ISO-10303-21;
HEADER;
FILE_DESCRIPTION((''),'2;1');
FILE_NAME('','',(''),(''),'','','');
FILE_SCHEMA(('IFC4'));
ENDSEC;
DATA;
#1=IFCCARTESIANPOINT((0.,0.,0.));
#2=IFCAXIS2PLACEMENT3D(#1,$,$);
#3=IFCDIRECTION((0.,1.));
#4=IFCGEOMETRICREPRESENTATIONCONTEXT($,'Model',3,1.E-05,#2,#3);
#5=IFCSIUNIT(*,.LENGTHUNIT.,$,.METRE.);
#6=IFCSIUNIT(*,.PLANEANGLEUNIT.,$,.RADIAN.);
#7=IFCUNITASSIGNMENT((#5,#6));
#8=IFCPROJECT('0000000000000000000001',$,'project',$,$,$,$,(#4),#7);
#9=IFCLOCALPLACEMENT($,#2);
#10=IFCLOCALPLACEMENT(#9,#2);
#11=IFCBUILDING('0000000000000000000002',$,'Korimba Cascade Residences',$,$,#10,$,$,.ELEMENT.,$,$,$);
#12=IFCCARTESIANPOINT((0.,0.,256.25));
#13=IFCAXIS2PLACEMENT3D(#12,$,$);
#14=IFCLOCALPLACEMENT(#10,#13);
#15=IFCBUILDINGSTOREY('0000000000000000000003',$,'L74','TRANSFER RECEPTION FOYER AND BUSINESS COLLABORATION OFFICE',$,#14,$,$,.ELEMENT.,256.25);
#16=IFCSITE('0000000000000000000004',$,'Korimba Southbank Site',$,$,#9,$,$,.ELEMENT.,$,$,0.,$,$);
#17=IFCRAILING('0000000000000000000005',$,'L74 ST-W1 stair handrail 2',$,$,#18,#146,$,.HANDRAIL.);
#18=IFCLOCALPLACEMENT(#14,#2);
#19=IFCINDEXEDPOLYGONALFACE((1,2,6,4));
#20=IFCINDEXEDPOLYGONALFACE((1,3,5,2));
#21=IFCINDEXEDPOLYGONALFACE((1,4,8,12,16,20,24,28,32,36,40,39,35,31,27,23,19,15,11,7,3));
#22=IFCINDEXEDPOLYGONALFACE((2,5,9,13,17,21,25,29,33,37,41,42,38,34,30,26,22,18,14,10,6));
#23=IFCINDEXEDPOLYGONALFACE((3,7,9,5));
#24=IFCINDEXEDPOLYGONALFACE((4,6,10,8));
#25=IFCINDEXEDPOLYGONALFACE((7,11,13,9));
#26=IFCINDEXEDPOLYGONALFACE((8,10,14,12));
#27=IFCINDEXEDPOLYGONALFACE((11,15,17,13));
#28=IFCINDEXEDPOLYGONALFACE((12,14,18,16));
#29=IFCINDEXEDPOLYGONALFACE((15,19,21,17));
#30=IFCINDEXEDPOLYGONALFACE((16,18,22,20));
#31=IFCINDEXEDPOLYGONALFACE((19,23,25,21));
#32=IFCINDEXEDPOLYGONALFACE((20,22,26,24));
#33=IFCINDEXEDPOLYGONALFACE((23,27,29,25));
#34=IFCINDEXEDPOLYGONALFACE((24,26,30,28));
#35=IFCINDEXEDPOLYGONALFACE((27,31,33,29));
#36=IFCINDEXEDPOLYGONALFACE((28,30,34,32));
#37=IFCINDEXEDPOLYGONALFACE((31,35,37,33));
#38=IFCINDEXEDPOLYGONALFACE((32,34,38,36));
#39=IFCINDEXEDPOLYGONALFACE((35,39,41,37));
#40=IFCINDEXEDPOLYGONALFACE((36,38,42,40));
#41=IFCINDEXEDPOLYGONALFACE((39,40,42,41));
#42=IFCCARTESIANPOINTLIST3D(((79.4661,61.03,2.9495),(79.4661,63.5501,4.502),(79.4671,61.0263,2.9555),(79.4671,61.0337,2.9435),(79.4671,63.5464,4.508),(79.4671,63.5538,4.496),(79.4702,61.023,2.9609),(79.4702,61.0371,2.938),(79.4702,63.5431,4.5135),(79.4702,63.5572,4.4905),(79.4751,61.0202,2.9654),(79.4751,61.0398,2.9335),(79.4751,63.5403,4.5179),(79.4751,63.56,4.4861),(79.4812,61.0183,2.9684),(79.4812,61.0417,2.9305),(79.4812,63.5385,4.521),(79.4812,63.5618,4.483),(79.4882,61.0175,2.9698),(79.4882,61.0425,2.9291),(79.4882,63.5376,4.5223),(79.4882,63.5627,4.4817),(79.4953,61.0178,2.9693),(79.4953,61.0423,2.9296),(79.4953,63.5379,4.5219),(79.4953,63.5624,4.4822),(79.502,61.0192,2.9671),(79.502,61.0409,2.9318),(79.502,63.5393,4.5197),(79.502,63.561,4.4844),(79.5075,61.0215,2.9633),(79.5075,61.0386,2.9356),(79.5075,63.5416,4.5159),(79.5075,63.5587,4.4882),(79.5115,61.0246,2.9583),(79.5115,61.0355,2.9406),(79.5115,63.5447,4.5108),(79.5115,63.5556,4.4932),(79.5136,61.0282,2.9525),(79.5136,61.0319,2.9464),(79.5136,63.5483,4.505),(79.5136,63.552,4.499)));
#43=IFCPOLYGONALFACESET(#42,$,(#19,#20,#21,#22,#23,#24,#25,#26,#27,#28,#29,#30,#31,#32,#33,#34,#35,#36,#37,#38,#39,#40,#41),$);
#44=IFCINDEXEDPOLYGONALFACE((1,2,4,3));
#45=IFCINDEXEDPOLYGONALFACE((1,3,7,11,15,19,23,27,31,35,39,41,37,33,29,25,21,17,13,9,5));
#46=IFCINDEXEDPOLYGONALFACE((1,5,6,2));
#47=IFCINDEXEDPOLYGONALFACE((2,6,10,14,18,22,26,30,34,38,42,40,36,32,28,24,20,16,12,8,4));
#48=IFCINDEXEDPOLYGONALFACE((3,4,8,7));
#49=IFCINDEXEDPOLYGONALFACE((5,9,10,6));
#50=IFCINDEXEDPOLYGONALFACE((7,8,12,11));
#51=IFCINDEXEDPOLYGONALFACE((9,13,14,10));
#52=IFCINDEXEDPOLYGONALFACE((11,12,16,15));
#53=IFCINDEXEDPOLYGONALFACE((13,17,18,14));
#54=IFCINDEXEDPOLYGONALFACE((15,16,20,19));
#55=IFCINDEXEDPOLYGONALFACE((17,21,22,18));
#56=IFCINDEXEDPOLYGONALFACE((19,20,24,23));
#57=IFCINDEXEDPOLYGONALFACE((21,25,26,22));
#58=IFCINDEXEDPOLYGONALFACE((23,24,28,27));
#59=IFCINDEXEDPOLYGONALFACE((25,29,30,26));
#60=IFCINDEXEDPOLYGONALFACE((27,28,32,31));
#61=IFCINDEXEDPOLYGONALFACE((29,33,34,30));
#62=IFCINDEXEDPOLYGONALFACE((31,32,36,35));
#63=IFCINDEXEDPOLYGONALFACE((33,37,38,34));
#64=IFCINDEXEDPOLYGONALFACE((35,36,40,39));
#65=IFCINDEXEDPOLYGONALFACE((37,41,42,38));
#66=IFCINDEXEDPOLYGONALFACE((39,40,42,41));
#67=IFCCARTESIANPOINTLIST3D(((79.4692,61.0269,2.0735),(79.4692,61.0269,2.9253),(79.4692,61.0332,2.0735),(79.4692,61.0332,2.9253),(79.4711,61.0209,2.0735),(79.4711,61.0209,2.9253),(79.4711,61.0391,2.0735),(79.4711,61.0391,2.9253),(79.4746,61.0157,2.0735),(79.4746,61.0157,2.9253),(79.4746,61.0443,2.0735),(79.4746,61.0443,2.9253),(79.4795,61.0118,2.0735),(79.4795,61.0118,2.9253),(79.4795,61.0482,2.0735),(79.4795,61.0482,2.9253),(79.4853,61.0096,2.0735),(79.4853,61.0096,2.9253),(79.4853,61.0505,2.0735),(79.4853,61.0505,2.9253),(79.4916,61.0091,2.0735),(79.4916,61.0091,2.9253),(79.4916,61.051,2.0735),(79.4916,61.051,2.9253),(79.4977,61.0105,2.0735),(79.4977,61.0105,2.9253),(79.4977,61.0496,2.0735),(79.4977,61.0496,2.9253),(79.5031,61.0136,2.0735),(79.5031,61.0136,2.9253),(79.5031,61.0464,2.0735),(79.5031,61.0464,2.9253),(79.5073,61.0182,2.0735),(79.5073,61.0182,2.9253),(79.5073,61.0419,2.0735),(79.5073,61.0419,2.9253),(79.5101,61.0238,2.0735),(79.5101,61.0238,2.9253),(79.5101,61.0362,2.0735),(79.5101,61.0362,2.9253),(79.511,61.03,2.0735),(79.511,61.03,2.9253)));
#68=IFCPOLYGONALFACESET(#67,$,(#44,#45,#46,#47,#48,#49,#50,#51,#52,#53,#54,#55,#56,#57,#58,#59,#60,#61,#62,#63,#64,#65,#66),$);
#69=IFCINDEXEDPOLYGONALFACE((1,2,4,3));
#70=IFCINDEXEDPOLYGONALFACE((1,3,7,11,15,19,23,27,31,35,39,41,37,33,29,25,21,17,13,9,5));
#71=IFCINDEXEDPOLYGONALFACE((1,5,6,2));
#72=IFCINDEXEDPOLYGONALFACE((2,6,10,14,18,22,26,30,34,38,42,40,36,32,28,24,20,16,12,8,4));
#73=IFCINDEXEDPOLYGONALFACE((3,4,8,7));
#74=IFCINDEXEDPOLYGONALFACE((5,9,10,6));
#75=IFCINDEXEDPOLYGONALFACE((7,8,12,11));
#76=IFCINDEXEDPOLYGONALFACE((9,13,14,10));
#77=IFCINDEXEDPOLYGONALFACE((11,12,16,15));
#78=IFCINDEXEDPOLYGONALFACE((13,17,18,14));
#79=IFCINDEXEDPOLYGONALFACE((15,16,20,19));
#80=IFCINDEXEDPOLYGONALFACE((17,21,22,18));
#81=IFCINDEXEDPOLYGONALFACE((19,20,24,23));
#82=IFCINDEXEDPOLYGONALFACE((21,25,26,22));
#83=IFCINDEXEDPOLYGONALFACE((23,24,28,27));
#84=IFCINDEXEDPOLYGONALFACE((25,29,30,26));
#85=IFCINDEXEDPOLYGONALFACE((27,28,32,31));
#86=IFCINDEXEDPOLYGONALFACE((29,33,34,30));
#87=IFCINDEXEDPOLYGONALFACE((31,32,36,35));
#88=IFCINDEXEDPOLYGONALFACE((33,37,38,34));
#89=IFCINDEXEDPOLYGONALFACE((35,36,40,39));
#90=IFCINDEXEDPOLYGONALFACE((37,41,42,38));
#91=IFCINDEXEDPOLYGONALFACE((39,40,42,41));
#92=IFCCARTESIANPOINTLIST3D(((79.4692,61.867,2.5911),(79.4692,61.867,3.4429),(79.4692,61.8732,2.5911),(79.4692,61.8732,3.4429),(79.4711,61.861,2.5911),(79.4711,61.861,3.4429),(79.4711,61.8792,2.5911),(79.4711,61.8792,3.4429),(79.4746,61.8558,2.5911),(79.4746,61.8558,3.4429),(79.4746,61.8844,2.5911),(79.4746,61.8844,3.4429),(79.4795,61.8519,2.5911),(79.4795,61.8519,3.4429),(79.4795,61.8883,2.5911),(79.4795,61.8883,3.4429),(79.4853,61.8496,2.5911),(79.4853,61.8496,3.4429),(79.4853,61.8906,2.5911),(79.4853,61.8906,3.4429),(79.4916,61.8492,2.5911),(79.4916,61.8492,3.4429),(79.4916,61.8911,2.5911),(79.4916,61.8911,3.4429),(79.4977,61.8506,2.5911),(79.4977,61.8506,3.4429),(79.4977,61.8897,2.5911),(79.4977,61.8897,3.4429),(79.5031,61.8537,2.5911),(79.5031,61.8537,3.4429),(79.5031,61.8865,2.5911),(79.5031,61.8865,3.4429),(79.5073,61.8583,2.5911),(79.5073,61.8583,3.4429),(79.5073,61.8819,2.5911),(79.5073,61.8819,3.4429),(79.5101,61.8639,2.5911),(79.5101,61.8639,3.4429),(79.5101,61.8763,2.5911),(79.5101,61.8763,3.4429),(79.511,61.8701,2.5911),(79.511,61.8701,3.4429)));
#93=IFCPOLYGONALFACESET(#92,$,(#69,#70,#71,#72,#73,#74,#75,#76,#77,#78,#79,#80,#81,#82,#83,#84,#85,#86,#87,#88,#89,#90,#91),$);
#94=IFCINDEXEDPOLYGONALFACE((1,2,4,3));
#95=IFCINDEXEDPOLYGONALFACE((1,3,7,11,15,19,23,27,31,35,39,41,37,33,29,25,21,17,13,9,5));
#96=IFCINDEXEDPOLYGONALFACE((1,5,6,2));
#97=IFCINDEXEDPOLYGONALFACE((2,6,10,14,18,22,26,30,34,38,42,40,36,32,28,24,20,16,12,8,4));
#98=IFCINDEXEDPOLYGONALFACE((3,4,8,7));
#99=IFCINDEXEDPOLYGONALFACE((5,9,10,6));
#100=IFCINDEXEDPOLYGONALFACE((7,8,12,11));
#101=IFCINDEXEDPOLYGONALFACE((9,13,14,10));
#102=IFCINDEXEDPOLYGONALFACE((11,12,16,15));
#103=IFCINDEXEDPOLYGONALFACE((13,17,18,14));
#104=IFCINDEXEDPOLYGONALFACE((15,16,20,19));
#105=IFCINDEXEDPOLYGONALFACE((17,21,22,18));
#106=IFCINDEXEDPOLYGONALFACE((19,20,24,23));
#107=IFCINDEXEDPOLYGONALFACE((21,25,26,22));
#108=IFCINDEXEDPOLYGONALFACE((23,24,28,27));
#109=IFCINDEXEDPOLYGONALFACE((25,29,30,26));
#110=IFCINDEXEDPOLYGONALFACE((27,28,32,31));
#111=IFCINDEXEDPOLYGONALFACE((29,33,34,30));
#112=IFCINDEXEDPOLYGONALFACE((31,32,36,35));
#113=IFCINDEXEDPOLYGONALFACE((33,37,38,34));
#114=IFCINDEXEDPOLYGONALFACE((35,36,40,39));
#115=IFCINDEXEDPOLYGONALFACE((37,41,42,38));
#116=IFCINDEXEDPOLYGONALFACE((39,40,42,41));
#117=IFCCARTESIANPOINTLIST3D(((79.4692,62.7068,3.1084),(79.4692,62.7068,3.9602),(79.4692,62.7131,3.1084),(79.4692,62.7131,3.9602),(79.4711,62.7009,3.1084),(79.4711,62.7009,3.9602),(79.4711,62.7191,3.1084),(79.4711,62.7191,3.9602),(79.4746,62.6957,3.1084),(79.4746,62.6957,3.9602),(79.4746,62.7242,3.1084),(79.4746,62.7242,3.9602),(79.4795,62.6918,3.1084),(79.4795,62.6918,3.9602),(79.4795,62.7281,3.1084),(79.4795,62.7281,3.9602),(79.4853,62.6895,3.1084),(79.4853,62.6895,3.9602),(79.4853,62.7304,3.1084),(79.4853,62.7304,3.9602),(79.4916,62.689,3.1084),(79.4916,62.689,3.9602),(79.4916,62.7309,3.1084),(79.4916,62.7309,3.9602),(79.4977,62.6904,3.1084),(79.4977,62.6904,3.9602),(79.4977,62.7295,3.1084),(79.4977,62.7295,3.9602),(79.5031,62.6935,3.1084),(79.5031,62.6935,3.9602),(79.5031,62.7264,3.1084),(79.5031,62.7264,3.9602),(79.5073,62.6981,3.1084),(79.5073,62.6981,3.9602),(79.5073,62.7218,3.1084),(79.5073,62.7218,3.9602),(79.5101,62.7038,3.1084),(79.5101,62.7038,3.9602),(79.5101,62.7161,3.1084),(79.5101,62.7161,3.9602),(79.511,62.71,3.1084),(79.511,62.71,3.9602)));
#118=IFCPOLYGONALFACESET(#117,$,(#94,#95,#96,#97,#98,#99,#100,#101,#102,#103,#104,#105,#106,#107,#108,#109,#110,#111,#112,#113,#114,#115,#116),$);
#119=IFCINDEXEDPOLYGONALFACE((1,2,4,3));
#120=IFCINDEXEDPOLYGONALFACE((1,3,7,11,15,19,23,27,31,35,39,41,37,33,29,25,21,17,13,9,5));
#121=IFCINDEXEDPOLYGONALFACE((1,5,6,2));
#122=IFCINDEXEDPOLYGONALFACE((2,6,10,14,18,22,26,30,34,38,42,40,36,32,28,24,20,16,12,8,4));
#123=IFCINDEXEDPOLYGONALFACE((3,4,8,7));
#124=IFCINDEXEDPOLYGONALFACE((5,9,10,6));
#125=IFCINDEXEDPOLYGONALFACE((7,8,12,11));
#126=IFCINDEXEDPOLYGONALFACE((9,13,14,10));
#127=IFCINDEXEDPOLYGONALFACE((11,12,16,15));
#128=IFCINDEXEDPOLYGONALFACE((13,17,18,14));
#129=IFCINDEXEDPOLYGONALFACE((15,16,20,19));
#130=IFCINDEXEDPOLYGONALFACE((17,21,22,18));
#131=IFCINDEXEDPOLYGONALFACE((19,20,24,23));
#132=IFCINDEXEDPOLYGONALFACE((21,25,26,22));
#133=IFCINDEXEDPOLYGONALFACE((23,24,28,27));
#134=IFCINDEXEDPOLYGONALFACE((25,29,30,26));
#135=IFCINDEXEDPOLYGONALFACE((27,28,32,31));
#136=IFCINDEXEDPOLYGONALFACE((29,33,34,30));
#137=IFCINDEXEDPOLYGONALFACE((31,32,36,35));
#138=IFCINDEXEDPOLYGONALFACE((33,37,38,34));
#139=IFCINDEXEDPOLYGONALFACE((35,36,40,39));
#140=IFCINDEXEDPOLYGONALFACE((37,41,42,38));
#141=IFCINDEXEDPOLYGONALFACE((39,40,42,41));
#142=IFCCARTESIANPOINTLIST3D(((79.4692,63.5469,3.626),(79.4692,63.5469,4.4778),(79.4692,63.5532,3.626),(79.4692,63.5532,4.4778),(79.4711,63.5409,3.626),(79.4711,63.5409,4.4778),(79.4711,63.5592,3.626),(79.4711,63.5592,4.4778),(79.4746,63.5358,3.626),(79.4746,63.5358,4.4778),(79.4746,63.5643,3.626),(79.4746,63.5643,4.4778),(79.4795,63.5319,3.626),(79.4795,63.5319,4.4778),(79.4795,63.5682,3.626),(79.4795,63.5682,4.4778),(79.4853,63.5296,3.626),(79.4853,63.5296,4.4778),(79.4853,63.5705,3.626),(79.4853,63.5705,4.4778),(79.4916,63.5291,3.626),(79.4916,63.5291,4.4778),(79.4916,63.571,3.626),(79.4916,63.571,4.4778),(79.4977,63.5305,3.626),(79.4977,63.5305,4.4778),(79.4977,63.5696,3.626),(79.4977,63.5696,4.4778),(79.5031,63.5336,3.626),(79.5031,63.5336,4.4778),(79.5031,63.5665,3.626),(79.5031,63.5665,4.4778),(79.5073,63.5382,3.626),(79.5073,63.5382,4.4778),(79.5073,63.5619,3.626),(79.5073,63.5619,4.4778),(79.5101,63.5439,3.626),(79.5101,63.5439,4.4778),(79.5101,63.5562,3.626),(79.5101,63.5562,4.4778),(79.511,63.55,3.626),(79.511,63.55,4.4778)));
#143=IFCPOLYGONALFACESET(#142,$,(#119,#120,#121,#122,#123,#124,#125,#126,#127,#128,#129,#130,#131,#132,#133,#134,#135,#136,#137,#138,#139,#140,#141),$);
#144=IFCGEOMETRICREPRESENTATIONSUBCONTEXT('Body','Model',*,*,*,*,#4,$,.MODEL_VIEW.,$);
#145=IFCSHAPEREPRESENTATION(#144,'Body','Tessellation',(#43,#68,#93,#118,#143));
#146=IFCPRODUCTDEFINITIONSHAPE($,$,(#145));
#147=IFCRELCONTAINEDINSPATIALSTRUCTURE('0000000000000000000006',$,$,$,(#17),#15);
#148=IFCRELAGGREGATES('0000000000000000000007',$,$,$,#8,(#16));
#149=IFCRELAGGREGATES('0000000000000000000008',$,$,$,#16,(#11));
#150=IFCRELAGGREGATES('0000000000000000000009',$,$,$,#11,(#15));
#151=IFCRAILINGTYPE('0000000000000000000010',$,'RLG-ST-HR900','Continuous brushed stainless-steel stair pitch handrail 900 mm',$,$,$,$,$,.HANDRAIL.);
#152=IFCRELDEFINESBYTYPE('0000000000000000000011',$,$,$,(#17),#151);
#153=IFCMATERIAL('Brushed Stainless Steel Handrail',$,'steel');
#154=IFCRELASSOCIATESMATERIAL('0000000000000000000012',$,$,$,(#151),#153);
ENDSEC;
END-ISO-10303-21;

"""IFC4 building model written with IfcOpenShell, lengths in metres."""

from ifc_helpers import new_model, si_unit, direction, frame, origin, origin_2d, place, context, subcontext, project, spatial, circle, extrude, material, type_object, element, save


model = new_model("IFC4")

# Units and contexts
model_context = context("Model", 3, precision=1e-05, world=origin(), true_north=direction((0.0, 1.0)))
body_context = subcontext(model_context, "Body", "Model", "MODEL_VIEW")
ifc_project = project(units=[si_unit("LENGTHUNIT", "METRE"), si_unit("PLANEANGLEUNIT", "RADIAN")], contexts=[model_context])

# Site, building, storey
site_placement = place(None, origin())
site = spatial("IfcSite", under=ifc_project, at=site_placement, Name="Korimba Southbank Site", CompositionType="ELEMENT", RefElevation=0.0)
building_placement = place(site_placement, origin())
building = spatial("IfcBuilding", under=site, at=building_placement, Name="Korimba Cascade Residences", CompositionType="ELEMENT")
storey_placement = place(building_placement, frame((0.0, 0.0, 256.25)))
storey = spatial("IfcBuildingStorey", under=building, at=storey_placement, Name="L74", Description="TRANSFER RECEPTION FOYER AND BUSINESS COLLABORATION OFFICE", CompositionType="ELEMENT", Elevation=256.25)

# Railing
ifc_material_1 = material(Name="Brushed Stainless Steel Handrail", Category="steel")
railing_type_1 = type_object("IfcRailingType", Name="RLG-ST-HR900", Description="Continuous brushed stainless-steel stair pitch handrail 900 mm", PredefinedType="HANDRAIL", material=ifc_material_1)
railing_1_placement = place(storey_placement, frame((79.49, 61.03, 2.0735)))
element("IfcRailing", 1, at=railing_1_placement, inside=storey, type_object=railing_type_1, Name="L74 ST-W1 stair handrail 2", PredefinedType="HANDRAIL", context=body_context, shape_type="SweptSolid", body=[
    extrude(circle(Radius=0.0239, at=origin_2d()), frame((0.0, 0.0, 0.876), z_axis=(0.0, 0.8514, 0.524516), x_axis=(-1.0, 0.0, 0.0)), (0.0, 0.0, 1.0), 2.96),
    extrude(circle(Radius=0.021, at=origin_2d()), origin(), (0.0, 0.0, 1.0), 0.8518),
    extrude(circle(Radius=0.021, at=origin_2d()), frame((0.0, 0.8401, 0.5176)), (0.0, 0.0, 1.0), 0.8518),
    extrude(circle(Radius=0.021, at=origin_2d()), frame((0.0, 1.6799, 1.0349)), (0.0, 0.0, 1.0), 0.8518),
    extrude(circle(Radius=0.021, at=origin_2d()), frame((0.0, 2.52, 1.5525)), (0.0, 0.0, 1.0), 0.8518),
])

save(model, "model.ifc")
